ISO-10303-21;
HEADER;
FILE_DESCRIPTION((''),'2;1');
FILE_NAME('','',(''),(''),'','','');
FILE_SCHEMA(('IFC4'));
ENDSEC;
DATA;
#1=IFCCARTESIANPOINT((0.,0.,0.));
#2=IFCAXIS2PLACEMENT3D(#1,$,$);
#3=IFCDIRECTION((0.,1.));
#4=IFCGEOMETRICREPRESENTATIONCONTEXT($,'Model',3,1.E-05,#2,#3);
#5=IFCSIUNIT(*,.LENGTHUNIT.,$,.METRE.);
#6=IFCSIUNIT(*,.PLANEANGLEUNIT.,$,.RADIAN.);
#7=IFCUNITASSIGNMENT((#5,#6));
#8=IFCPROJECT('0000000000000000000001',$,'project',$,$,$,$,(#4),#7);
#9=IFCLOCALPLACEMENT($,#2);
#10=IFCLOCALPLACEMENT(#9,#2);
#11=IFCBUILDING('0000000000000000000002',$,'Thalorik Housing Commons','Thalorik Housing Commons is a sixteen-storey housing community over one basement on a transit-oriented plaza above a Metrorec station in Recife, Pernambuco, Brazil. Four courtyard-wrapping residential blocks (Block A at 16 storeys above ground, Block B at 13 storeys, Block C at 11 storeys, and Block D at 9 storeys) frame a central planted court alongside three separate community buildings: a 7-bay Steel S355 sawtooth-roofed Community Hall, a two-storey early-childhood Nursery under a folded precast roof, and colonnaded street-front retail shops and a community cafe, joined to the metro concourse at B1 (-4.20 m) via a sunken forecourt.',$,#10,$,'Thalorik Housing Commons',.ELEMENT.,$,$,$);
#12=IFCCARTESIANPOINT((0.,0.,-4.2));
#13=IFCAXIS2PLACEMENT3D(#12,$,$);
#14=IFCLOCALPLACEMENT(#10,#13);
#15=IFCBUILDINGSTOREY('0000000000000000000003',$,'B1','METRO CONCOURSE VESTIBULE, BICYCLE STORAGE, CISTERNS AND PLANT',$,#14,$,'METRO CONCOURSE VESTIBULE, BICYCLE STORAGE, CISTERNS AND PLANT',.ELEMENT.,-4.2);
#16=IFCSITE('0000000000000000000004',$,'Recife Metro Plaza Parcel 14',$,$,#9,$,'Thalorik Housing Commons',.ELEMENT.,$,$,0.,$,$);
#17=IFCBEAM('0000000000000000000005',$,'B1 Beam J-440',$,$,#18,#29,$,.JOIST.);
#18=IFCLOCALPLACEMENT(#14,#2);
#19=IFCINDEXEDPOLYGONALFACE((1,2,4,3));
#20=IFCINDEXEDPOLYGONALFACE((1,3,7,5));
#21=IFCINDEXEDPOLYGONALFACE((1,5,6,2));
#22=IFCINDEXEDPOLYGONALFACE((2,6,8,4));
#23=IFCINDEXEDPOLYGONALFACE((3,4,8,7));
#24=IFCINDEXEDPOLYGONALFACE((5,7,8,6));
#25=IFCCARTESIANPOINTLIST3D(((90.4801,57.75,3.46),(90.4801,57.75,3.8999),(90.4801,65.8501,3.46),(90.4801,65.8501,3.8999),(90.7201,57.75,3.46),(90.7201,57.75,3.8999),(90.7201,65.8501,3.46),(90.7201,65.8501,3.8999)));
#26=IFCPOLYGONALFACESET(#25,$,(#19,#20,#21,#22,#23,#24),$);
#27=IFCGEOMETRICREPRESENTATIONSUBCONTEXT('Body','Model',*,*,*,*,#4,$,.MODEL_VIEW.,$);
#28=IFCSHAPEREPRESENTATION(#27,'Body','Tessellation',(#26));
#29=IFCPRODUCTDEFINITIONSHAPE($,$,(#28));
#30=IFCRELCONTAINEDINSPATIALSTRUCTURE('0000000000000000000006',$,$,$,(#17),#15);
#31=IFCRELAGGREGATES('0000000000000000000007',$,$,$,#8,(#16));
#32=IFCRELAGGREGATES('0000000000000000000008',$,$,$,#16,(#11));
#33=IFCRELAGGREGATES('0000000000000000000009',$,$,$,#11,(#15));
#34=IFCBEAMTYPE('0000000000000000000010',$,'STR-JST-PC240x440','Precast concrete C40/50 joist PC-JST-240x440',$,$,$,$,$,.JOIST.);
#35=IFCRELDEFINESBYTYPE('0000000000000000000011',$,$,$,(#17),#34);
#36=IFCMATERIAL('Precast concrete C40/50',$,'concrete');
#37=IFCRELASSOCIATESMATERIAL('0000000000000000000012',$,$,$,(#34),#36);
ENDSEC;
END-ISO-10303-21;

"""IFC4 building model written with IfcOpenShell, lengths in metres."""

from ifc_helpers import new_model, si_unit, direction, frame, origin, origin_2d, place, context, subcontext, project, spatial, rectangle, extrude, material, material_profile, profile_set, type_object, element, save


model = new_model("IFC4")

# Units and contexts
model_context = context("Model", 3, precision=1e-05, world=origin(), true_north=direction((0.0, 1.0)))
body_context = subcontext(model_context, "Body", "Model", "MODEL_VIEW")
ifc_project = project(units=[si_unit("LENGTHUNIT", "METRE"), si_unit("PLANEANGLEUNIT", "RADIAN")], contexts=[model_context])

# Site, building, storey
site_placement = place(None, origin())
site = spatial("IfcSite", under=ifc_project, at=site_placement, Name="Recife Metro Plaza Parcel 14", LongName="Thalorik Housing Commons", CompositionType="ELEMENT", RefElevation=0.0)
building_placement = place(site_placement, origin())
building = spatial("IfcBuilding", under=site, at=building_placement, Name="Thalorik Housing Commons", Description="Thalorik Housing Commons is a sixteen-storey housing community over one basement on a transit-oriented plaza above a Metrorec station in Recife, Pernambuco, Brazil. Four courtyard-wrapping residential blocks (Block A at 16 storeys above ground, Block B at 13 storeys, Block C at 11 storeys, and Block D at 9 storeys) frame a central planted court alongside three separate community buildings: a 7-bay Steel S355 sawtooth-roofed Community Hall, a two-storey early-childhood Nursery under a folded precast roof, and colonnaded street-front retail shops and a community cafe, joined to the metro concourse at B1 (-4.20 m) via a sunken forecourt.", LongName="Thalorik Housing Commons", CompositionType="ELEMENT")
storey_placement = place(building_placement, frame((0.0, 0.0, -4.2)))
storey = spatial("IfcBuildingStorey", under=building, at=storey_placement, Name="B1", Description="METRO CONCOURSE VESTIBULE, BICYCLE STORAGE, CISTERNS AND PLANT", LongName="METRO CONCOURSE VESTIBULE, BICYCLE STORAGE, CISTERNS AND PLANT", CompositionType="ELEMENT", Elevation=-4.2)

# Shared definitions
ifc_material_1 = material(Name="Precast concrete C40/50", Category="concrete")

# Beam
ifc_material_profile_1 = material_profile(ifc_material_1, rectangle(XDim=0.24, YDim=0.4399, at=origin_2d()), Name="PC JST 240x440", Category="concrete")
ifc_profile_set_1 = profile_set([ifc_material_profile_1], Name="Precast concrete C40/50")
beam_type_1 = type_object("IfcBeamType", Name="STR-JST-PC240x440", Description="Precast concrete C40/50 joist PC-JST-240x440", PredefinedType="JOIST", material=ifc_profile_set_1)
beam_placement = place(storey_placement, frame((90.6001, 57.75, 3.6799), z_axis=(0.0, 1.0, 0.0), x_axis=(-1.0, 0.0, 0.0)))
element("IfcBeam", 1, at=beam_placement, inside=storey, type_object=beam_type_1, Name="B1 Beam J-440", PredefinedType="JOIST", context=body_context, shape_type="SweptSolid", body=[
    extrude(rectangle(XDim=0.24, YDim=0.4399, at=origin_2d()), origin(), (0.0, 0.0, 1.0), 8.1001),
])

save(model, "model.ifc")
